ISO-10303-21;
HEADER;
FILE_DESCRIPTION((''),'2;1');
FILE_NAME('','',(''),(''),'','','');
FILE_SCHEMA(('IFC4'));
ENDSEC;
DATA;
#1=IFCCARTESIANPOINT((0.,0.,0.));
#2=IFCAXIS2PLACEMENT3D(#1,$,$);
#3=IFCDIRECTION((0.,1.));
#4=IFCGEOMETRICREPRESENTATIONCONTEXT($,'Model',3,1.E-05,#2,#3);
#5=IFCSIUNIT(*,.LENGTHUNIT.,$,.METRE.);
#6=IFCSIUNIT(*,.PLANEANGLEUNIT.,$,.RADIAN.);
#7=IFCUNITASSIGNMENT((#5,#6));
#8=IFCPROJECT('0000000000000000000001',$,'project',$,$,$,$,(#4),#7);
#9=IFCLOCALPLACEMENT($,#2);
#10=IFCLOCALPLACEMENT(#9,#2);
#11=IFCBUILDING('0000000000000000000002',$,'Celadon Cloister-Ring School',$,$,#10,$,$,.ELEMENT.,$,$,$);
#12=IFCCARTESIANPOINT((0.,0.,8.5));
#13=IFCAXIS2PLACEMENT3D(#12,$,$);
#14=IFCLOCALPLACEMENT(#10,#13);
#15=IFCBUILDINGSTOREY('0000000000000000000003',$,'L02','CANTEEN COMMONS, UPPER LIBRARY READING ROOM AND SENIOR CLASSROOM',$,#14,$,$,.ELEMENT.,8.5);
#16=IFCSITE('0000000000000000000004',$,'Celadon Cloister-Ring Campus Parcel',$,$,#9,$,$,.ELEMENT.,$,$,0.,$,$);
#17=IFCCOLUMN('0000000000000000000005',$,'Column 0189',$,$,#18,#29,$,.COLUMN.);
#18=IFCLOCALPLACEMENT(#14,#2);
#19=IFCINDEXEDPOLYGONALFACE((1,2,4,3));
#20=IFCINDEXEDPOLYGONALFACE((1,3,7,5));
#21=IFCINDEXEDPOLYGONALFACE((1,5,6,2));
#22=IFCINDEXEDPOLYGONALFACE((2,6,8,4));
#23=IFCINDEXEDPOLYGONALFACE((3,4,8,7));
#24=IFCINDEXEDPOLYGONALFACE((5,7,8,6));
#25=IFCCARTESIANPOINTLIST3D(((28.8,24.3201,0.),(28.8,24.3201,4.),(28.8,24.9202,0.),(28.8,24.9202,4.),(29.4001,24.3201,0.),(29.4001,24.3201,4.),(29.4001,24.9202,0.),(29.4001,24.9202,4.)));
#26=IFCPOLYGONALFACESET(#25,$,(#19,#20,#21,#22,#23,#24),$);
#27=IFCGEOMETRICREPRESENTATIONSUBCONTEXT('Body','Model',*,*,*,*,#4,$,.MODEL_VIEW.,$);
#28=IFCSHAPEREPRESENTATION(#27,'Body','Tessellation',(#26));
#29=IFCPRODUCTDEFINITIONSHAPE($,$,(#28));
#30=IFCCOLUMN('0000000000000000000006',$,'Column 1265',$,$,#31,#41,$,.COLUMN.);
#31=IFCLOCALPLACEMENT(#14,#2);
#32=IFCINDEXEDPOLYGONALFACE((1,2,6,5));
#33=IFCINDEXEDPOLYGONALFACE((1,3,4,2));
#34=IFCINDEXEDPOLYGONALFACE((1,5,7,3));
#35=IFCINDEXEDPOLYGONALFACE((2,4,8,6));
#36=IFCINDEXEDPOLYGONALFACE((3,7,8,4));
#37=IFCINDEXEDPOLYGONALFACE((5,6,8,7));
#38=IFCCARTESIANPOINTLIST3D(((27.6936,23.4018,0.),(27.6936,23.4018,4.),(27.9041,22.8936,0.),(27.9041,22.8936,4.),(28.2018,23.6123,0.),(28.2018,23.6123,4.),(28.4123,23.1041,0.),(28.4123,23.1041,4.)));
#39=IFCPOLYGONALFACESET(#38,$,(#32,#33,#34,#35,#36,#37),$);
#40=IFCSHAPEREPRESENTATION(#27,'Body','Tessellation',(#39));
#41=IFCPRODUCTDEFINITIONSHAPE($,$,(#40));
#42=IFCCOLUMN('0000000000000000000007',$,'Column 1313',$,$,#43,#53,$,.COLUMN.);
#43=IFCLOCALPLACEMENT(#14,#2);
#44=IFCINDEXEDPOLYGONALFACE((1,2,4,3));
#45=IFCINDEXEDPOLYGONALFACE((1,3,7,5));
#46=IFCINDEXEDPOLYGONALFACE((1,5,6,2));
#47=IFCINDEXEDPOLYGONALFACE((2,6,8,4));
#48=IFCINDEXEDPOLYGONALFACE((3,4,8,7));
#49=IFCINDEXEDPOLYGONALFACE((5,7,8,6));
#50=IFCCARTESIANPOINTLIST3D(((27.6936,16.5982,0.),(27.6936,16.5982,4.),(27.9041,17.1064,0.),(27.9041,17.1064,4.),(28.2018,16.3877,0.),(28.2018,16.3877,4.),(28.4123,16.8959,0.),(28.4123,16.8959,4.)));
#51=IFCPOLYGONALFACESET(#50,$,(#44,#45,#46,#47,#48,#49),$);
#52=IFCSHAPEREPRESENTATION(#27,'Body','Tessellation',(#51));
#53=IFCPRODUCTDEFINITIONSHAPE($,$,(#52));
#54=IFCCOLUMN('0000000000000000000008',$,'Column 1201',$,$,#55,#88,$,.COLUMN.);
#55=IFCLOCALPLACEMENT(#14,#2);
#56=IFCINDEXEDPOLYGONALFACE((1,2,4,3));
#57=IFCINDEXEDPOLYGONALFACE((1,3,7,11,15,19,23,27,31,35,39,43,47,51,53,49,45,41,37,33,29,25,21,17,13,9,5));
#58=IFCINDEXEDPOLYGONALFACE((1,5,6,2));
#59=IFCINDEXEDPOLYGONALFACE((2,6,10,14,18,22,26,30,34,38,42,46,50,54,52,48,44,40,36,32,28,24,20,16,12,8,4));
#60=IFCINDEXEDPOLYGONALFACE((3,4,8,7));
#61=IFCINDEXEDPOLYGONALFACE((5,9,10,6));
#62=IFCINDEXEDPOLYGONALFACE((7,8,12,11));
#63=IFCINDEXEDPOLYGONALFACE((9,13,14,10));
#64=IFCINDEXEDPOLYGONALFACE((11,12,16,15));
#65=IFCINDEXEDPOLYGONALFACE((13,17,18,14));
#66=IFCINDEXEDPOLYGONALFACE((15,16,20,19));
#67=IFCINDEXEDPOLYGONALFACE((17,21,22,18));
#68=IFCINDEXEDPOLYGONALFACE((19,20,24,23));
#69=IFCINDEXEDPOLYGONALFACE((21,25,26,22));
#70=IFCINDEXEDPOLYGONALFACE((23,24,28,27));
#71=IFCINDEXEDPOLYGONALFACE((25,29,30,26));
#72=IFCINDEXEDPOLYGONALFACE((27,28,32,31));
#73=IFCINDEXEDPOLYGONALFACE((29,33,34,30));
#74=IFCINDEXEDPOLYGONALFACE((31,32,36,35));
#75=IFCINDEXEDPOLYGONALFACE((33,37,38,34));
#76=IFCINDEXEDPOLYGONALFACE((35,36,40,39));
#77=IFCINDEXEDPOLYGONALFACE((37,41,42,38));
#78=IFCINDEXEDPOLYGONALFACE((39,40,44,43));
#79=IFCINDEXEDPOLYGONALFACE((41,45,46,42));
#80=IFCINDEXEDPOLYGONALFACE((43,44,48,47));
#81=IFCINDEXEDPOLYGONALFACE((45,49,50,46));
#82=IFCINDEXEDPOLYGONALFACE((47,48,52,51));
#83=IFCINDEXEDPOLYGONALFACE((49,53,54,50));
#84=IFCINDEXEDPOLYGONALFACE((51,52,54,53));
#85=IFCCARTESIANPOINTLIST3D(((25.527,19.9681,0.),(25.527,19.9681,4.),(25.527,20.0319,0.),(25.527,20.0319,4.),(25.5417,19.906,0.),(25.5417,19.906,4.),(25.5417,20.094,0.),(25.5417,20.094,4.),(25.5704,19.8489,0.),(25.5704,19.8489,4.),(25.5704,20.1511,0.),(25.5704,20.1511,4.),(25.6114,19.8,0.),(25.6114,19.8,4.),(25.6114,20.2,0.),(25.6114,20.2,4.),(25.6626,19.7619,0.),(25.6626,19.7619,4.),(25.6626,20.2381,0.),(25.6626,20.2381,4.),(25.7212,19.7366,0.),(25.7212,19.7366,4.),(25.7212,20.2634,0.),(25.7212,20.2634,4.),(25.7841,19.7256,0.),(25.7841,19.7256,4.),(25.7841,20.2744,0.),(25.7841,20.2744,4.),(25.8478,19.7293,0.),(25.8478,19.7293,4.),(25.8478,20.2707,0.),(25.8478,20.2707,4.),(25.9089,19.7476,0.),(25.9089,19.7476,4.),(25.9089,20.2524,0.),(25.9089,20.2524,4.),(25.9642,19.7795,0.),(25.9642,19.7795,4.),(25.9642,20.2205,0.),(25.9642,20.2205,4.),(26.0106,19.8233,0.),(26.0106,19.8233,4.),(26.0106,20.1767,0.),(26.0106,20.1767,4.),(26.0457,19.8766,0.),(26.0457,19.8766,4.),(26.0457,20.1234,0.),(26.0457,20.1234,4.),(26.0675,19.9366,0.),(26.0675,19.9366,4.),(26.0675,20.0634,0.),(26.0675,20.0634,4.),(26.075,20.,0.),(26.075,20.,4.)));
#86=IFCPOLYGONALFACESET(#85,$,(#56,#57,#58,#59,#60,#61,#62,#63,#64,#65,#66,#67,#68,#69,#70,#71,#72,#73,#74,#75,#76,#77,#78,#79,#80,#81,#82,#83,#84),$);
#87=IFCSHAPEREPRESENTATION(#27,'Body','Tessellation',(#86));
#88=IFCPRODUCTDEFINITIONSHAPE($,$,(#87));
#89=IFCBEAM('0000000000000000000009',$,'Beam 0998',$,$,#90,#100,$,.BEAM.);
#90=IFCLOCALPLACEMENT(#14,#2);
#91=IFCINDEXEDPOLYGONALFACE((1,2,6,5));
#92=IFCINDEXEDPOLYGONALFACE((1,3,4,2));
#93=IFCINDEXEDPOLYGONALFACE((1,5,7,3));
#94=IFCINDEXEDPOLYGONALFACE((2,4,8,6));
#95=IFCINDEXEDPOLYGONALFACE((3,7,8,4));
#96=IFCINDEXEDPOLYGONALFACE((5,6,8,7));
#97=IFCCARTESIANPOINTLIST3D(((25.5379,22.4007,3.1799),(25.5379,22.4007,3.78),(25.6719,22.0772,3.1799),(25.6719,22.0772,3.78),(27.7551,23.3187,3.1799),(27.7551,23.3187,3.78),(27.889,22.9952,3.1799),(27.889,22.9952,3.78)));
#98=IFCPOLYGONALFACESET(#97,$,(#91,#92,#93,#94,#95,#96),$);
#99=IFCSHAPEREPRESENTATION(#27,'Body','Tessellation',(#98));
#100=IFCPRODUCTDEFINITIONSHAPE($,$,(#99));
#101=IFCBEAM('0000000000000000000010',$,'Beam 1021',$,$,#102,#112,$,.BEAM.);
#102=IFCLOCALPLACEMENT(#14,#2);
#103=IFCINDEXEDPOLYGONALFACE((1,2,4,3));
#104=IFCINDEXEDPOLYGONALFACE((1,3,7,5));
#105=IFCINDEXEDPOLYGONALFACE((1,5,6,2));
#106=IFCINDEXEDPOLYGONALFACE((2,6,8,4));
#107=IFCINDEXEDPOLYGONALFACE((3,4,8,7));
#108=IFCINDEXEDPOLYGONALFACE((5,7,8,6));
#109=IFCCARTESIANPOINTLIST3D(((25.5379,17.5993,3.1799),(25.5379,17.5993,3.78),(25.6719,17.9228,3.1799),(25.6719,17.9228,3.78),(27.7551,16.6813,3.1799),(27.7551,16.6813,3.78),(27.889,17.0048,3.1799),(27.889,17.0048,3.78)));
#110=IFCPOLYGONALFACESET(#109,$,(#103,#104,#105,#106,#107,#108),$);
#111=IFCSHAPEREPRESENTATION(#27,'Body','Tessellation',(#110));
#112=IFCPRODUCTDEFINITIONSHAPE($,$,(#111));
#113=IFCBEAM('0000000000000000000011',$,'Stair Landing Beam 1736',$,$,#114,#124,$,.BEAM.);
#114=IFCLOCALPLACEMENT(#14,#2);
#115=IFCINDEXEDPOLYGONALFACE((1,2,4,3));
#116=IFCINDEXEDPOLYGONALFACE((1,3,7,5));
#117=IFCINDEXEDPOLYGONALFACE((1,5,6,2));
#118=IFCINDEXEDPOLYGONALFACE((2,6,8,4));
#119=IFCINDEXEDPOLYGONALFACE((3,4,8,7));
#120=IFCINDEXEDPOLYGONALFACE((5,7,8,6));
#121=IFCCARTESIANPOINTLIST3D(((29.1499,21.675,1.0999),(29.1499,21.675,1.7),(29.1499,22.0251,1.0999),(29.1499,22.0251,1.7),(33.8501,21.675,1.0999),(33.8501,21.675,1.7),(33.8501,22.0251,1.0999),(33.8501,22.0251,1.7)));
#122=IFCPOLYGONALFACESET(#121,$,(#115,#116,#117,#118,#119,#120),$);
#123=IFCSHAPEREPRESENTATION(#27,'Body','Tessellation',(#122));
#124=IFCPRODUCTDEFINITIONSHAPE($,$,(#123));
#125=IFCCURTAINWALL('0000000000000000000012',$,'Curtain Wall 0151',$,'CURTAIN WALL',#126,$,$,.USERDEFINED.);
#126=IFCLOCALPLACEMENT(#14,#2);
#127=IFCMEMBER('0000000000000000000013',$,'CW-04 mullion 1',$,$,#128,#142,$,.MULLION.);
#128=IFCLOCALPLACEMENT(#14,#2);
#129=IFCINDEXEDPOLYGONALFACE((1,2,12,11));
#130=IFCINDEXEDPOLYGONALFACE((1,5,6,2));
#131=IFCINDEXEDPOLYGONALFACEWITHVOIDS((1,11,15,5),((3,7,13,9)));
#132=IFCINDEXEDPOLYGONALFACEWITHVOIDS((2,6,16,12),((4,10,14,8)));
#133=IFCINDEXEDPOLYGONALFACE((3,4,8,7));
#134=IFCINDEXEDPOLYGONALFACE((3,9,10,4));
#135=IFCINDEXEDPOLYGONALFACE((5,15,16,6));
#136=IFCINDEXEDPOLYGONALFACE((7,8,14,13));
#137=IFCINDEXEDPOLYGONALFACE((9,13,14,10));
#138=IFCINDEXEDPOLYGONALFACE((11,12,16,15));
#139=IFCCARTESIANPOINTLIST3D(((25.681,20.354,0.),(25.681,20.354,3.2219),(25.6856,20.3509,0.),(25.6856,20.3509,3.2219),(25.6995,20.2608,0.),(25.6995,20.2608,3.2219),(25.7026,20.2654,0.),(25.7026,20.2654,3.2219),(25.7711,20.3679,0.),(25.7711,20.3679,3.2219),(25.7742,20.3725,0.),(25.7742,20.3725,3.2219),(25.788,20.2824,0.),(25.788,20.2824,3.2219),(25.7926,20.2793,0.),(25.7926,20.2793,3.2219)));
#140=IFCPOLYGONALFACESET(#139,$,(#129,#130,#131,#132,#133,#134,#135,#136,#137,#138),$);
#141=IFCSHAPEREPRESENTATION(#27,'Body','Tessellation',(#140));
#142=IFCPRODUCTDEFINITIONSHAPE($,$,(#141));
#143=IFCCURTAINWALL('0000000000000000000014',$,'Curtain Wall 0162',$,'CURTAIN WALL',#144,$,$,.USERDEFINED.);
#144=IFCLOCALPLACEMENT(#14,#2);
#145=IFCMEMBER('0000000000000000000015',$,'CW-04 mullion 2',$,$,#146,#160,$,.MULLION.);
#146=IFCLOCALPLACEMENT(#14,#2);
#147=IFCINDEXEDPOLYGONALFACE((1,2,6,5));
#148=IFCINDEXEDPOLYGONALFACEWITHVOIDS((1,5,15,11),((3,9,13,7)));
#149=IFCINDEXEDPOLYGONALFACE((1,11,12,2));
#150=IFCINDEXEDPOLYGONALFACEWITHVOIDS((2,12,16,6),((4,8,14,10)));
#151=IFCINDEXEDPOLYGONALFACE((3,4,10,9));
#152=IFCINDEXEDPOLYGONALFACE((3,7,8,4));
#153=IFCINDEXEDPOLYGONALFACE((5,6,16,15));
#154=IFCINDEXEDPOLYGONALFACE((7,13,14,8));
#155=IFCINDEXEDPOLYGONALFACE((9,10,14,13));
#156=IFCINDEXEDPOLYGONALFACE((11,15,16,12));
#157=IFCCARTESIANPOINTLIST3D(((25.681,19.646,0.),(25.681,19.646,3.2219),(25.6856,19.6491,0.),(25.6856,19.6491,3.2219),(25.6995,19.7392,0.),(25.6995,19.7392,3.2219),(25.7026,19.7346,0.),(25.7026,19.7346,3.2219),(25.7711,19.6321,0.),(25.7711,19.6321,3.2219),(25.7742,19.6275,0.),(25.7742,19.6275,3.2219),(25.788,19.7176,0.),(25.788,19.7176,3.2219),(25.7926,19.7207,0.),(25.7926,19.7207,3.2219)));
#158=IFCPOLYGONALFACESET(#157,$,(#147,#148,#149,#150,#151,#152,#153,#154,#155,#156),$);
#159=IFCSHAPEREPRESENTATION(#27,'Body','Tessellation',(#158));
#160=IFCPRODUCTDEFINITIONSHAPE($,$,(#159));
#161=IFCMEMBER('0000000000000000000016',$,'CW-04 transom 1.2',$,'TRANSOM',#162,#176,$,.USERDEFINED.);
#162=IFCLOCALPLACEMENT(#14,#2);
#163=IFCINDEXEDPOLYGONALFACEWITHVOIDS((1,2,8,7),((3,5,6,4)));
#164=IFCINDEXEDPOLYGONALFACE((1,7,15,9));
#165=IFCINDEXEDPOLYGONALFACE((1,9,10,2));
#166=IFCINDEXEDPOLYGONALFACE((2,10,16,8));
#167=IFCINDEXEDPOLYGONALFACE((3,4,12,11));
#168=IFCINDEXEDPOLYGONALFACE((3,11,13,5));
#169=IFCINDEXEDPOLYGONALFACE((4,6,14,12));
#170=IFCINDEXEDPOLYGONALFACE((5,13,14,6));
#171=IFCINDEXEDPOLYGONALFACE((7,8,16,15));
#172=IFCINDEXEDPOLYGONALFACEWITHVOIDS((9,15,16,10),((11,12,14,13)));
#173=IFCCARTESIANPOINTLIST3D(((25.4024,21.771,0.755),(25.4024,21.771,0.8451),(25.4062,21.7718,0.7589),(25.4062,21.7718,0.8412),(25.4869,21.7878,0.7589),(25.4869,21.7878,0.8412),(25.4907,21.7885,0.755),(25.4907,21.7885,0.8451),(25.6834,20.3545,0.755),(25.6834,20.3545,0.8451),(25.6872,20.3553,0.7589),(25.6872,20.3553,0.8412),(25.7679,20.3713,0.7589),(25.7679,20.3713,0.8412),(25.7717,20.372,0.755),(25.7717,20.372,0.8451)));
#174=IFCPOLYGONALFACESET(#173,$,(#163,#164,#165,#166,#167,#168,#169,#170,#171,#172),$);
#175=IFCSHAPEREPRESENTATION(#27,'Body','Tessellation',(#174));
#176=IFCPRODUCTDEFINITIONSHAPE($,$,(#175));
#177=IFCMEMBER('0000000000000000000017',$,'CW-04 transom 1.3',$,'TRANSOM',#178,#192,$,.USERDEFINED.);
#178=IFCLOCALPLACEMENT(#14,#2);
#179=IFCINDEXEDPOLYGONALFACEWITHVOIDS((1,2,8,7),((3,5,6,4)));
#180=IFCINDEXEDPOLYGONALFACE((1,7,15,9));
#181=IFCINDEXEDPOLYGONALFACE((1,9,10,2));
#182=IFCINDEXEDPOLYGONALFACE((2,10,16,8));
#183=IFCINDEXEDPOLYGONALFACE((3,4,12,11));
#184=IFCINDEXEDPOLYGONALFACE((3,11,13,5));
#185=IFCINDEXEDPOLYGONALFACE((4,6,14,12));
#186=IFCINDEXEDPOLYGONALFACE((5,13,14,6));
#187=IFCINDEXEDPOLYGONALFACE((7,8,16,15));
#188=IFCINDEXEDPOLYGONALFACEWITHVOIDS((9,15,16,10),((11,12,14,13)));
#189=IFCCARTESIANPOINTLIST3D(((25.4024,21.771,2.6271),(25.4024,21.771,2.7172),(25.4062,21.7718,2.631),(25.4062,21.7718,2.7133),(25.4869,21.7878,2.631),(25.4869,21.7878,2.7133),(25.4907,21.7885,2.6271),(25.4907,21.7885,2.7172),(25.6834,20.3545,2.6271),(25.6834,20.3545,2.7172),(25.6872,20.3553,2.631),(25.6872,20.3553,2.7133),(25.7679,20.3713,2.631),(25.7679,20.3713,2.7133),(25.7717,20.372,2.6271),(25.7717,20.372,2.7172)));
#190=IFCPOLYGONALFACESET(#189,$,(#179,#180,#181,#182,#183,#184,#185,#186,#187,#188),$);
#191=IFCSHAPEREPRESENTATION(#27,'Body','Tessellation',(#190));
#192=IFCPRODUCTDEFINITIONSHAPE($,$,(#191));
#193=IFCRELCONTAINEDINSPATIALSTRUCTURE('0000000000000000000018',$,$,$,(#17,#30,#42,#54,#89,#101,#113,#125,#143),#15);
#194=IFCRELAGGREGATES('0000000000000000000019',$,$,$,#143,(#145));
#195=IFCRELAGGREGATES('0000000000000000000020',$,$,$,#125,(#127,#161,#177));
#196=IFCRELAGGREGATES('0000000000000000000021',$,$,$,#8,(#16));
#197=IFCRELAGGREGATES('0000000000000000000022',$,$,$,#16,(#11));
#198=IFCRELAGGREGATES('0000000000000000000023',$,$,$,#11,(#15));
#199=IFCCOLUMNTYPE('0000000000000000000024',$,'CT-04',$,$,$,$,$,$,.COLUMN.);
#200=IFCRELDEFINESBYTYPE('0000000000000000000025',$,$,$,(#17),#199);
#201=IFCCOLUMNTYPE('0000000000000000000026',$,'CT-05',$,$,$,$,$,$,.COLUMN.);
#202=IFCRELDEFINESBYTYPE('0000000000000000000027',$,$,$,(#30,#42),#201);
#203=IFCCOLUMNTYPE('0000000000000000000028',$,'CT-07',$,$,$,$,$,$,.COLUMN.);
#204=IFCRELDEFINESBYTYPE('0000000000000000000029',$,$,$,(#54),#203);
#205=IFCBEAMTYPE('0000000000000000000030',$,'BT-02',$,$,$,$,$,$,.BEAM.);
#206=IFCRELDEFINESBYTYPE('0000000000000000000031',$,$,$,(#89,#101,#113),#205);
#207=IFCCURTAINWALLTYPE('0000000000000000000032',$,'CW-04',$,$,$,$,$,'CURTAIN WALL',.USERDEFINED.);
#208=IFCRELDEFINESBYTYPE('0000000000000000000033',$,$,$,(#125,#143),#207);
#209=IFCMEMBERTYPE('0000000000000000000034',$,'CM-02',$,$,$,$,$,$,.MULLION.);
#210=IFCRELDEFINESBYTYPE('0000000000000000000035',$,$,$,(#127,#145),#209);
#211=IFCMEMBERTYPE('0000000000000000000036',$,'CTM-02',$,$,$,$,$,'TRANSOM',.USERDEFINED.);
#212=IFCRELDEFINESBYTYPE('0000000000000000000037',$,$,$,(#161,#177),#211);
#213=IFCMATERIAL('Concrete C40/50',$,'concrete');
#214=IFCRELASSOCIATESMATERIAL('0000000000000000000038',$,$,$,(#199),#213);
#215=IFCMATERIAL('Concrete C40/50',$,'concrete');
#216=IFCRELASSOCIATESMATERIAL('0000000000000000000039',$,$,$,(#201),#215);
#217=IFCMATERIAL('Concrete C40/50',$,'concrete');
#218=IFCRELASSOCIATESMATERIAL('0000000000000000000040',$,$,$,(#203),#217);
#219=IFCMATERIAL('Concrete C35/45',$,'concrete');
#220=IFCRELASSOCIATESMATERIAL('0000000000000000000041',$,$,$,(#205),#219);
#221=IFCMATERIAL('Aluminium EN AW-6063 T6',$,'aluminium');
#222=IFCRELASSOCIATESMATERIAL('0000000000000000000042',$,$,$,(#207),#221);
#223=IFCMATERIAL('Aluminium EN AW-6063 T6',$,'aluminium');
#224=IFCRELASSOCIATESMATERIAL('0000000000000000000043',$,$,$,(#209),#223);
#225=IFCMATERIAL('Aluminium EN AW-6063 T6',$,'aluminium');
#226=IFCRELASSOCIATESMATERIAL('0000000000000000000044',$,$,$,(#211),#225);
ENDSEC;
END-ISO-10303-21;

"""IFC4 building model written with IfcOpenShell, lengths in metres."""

from ifc_helpers import new_model, si_unit, direction, frame, origin, origin_2d, place, context, subcontext, project, spatial, rectangle, hollow_rectangle, circle, extrude, material, material_profile, profile_set, type_object, element, aggregate, save


model = new_model("IFC4")

# Units and contexts
model_context = context("Model", 3, precision=1e-05, world=origin(), true_north=direction((0.0, 1.0)))
body_context = subcontext(model_context, "Body", "Model", "MODEL_VIEW")
ifc_project = project(units=[si_unit("LENGTHUNIT", "METRE"), si_unit("PLANEANGLEUNIT", "RADIAN")], contexts=[model_context])

# Site, building, storey
site_placement = place(None, origin())
site = spatial("IfcSite", under=ifc_project, at=site_placement, Name="Celadon Cloister-Ring Campus Parcel", CompositionType="ELEMENT", RefElevation=0.0)
building_placement = place(site_placement, origin())
building = spatial("IfcBuilding", under=site, at=building_placement, Name="Celadon Cloister-Ring School", CompositionType="ELEMENT")
storey_placement = place(building_placement, frame((0.0, 0.0, 8.5)))
storey = spatial("IfcBuildingStorey", under=building, at=storey_placement, Name="L02", Description="CANTEEN COMMONS, UPPER LIBRARY READING ROOM AND SENIOR CLASSROOM", CompositionType="ELEMENT", Elevation=8.5)

# Columns
ifc_material_1 = material(Name="Concrete C40/50", Category="concrete")
ifc_material_profile_1 = material_profile(ifc_material_1, rectangle(XDim=0.6001, YDim=0.6001, at=origin_2d()), Name="RC600X600")
ifc_profile_set_1 = profile_set([ifc_material_profile_1], Name="Concrete C40/50")
column_type_1 = type_object("IfcColumnType", Name="CT-04", PredefinedType="COLUMN", material=ifc_profile_set_1)
column_1_placement = place(storey_placement, frame((29.1001, 24.6201, 0.0), z_axis=(0.0, 0.0, 1.0), x_axis=(1.0, 0.0, 0.0)))
element("IfcColumn", 1, at=column_1_placement, inside=storey, type_object=column_type_1, Name="Column 0189", PredefinedType="COLUMN", context=body_context, shape_type="SweptSolid", body=[
    extrude(rectangle(XDim=0.6001, YDim=0.6001, at=origin_2d()), origin(), (0.0, 0.0, 1.0), 4.0),
])
ifc_material_2 = material(Name="Concrete C40/50", Category="concrete")
ifc_material_profile_2 = material_profile(ifc_material_2, rectangle(XDim=0.55, YDim=0.55, at=origin_2d()), Name="RC550X550")
ifc_profile_set_2 = profile_set([ifc_material_profile_2], Name="Concrete C40/50")
column_type_2 = type_object("IfcColumnType", Name="CT-05", PredefinedType="COLUMN", material=ifc_profile_set_2)
for number, where, z_axis, x_axis, name in (
    (2, (28.053, 23.2529, 0.0), (0.0, 0.0, 1.0), (0.92388, 0.382683, 0.0), "Column 1265"),
    (3, (28.053, 16.7471, 0.0), (0.0, 0.0, 1.0), (0.92388, -0.382683, 0.0), "Column 1313"),
):
    element("IfcColumn", number, at=place(storey_placement, frame(where, z_axis=z_axis, x_axis=x_axis)), inside=storey, type_object=column_type_2, Name=name, PredefinedType="COLUMN", context=body_context, shape_type="SweptSolid", body=[
        extrude(rectangle(XDim=0.55, YDim=0.55, at=origin_2d()), origin(), (0.0, 0.0, 1.0), 4.0),
    ])
ifc_material_3 = material(Name="Concrete C40/50", Category="concrete")
ifc_material_profile_3 = material_profile(ifc_material_3, circle(Radius=0.2749, at=origin_2d()), Name="CIRC550")
ifc_profile_set_3 = profile_set([ifc_material_profile_3], Name="Concrete C40/50")
column_type_3 = type_object("IfcColumnType", Name="CT-07", PredefinedType="COLUMN", material=ifc_profile_set_3)
column_2_placement = place(storey_placement, frame((25.8, 20.0, 0.0), z_axis=(0.0, 0.0, 1.0), x_axis=(1.0, 0.0, 0.0)))
element("IfcColumn", 4, at=column_2_placement, inside=storey, type_object=column_type_3, Name="Column 1201", PredefinedType="COLUMN", context=body_context, shape_type="SweptSolid", body=[
    extrude(circle(Radius=0.2749, at=origin_2d()), origin(), (0.0, 0.0, 1.0), 4.0),
])

# Beams
ifc_material_4 = material(Name="Concrete C35/45", Category="concrete")
ifc_material_profile_4 = material_profile(ifc_material_4, rectangle(XDim=0.3501, YDim=0.6001, at=origin_2d()), Name="RC350X600")
ifc_profile_set_4 = profile_set([ifc_material_profile_4], Name="Concrete C35/45")
beam_type_1 = type_object("IfcBeamType", Name="BT-02", PredefinedType="BEAM", material=ifc_profile_set_4)
for number, where, z_axis, x_axis, name in (
    (5, (27.822, 23.157, 3.48), (-0.923933, -0.382555, 0.0), (0.382555, -0.923933, 0.0), "Beam 0998"),
    (6, (27.822, 16.843, 3.48), (-0.923933, 0.382555, 0.0), (-0.382555, -0.923933, 0.0), "Beam 1021"),
):
    element("IfcBeam", number, at=place(storey_placement, frame(where, z_axis=z_axis, x_axis=x_axis)), inside=storey, type_object=beam_type_1, Name=name, PredefinedType="BEAM", context=body_context, shape_type="SweptSolid", body=[
        extrude(rectangle(XDim=0.3501, YDim=0.6001, at=origin_2d()), origin(), (0.0, 0.0, 1.0), 2.3997),
    ])
beam_1_placement = place(storey_placement, frame((29.1499, 21.8501, 1.3999), z_axis=(1.0, 0.0, 0.0), x_axis=(0.0, 1.0, 0.0)))
element("IfcBeam", 7, at=beam_1_placement, inside=storey, type_object=beam_type_1, Name="Stair Landing Beam 1736", PredefinedType="BEAM", context=body_context, shape_type="SweptSolid", body=[
    extrude(rectangle(XDim=0.3501, YDim=0.6001, at=origin_2d()), origin(), (0.0, 0.0, 1.0), 4.7002),
])

# Curtain walls, members
ifc_material_5 = material(Name="Aluminium EN AW-6063 T6", Category="aluminium")
curtain_wall_type = type_object("IfcCurtainWallType", Name="CW-04", ElementType="CURTAIN WALL", PredefinedType="USERDEFINED", material=ifc_material_5)
curtain_wall_1_placement = place(storey_placement, origin())
curtain_wall_1 = element("IfcCurtainWall", 8, at=curtain_wall_1_placement, inside=storey, type_object=curtain_wall_type, Name="Curtain Wall 0151", ObjectType="CURTAIN WALL", PredefinedType="USERDEFINED")
ifc_material_6 = material(Name="Aluminium EN AW-6063 T6", Category="aluminium")
ifc_material_profile_5 = material_profile(ifc_material_6, hollow_rectangle(XDim=0.095, YDim=0.095, WallThickness=0.0039, at=origin_2d()), Name="RHS95X95X4")
ifc_profile_set_5 = profile_set([ifc_material_profile_5], Name="Aluminium EN AW-6063 T6")
member_type_1 = type_object("IfcMemberType", Name="CM-02", PredefinedType="MULLION", material=ifc_profile_set_5)
member_1_placement = place(storey_placement, frame((25.7368, 20.3167, 0.0), z_axis=(0.0, 0.0, 1.0), x_axis=(-0.980885, -0.194586, 0.0)))
member_1 = element("IfcMember", 9, at=member_1_placement, type_object=member_type_1, Name="CW-04 mullion 1", PredefinedType="MULLION", context=body_context, shape_type="SweptSolid", body=[
    extrude(hollow_rectangle(XDim=0.095, YDim=0.095, WallThickness=0.0039, at=origin_2d()), origin(), (0.0, 0.0, 1.0), 3.2219),
])
curtain_wall_2_placement = place(storey_placement, origin())
curtain_wall_2 = element("IfcCurtainWall", 10, at=curtain_wall_2_placement, inside=storey, type_object=curtain_wall_type, Name="Curtain Wall 0162", ObjectType="CURTAIN WALL", PredefinedType="USERDEFINED")
member_2_placement = place(storey_placement, frame((25.7368, 19.6833, 0.0), z_axis=(0.0, 0.0, 1.0), x_axis=(-0.980885, 0.194586, 0.0)))
member_2 = element("IfcMember", 11, at=member_2_placement, type_object=member_type_1, Name="CW-04 mullion 2", PredefinedType="MULLION", context=body_context, shape_type="SweptSolid", body=[
    extrude(hollow_rectangle(XDim=0.095, YDim=0.095, WallThickness=0.0039, at=origin_2d()), origin(), (0.0, 0.0, 1.0), 3.2219),
])
aggregate(curtain_wall_2, [member_2])

# Members
ifc_material_7 = material(Name="Aluminium EN AW-6063 T6", Category="aluminium")
ifc_material_profile_6 = material_profile(ifc_material_7, hollow_rectangle(XDim=0.0901, YDim=0.0901, WallThickness=0.0039, at=origin_2d()), Name="RHS90X90X4")
ifc_profile_set_6 = profile_set([ifc_material_profile_6], Name="Aluminium EN AW-6063 T6")
member_type_2 = type_object("IfcMemberType", Name="CTM-02", ElementType="TRANSOM", PredefinedType="USERDEFINED", material=ifc_profile_set_6)
member_3_placement = place(storey_placement, frame((25.7275, 20.3633, 0.8), z_axis=(-0.194588, 0.980885, 0.0), x_axis=(-0.980885, -0.194588, 0.0)))
member_3 = element("IfcMember", 12, at=member_3_placement, type_object=member_type_2, Name="CW-04 transom 1.2", ObjectType="TRANSOM", PredefinedType="USERDEFINED", context=body_context, shape_type="SweptSolid", body=[
    extrude(hollow_rectangle(XDim=0.0901, YDim=0.0901, WallThickness=0.0039, at=origin_2d()), origin(), (0.0, 0.0, 1.0), 1.4441),
])
member_4_placement = place(storey_placement, frame((25.7275, 20.3633, 2.6721), z_axis=(-0.194588, 0.980885, 0.0), x_axis=(-0.980885, -0.194588, 0.0)))
member_4 = element("IfcMember", 13, at=member_4_placement, type_object=member_type_2, Name="CW-04 transom 1.3", ObjectType="TRANSOM", PredefinedType="USERDEFINED", context=body_context, shape_type="SweptSolid", body=[
    extrude(hollow_rectangle(XDim=0.0901, YDim=0.0901, WallThickness=0.0039, at=origin_2d()), origin(), (0.0, 0.0, 1.0), 1.4441),
])
aggregate(curtain_wall_1, [member_1, member_3, member_4])

save(model, "model.ifc")
